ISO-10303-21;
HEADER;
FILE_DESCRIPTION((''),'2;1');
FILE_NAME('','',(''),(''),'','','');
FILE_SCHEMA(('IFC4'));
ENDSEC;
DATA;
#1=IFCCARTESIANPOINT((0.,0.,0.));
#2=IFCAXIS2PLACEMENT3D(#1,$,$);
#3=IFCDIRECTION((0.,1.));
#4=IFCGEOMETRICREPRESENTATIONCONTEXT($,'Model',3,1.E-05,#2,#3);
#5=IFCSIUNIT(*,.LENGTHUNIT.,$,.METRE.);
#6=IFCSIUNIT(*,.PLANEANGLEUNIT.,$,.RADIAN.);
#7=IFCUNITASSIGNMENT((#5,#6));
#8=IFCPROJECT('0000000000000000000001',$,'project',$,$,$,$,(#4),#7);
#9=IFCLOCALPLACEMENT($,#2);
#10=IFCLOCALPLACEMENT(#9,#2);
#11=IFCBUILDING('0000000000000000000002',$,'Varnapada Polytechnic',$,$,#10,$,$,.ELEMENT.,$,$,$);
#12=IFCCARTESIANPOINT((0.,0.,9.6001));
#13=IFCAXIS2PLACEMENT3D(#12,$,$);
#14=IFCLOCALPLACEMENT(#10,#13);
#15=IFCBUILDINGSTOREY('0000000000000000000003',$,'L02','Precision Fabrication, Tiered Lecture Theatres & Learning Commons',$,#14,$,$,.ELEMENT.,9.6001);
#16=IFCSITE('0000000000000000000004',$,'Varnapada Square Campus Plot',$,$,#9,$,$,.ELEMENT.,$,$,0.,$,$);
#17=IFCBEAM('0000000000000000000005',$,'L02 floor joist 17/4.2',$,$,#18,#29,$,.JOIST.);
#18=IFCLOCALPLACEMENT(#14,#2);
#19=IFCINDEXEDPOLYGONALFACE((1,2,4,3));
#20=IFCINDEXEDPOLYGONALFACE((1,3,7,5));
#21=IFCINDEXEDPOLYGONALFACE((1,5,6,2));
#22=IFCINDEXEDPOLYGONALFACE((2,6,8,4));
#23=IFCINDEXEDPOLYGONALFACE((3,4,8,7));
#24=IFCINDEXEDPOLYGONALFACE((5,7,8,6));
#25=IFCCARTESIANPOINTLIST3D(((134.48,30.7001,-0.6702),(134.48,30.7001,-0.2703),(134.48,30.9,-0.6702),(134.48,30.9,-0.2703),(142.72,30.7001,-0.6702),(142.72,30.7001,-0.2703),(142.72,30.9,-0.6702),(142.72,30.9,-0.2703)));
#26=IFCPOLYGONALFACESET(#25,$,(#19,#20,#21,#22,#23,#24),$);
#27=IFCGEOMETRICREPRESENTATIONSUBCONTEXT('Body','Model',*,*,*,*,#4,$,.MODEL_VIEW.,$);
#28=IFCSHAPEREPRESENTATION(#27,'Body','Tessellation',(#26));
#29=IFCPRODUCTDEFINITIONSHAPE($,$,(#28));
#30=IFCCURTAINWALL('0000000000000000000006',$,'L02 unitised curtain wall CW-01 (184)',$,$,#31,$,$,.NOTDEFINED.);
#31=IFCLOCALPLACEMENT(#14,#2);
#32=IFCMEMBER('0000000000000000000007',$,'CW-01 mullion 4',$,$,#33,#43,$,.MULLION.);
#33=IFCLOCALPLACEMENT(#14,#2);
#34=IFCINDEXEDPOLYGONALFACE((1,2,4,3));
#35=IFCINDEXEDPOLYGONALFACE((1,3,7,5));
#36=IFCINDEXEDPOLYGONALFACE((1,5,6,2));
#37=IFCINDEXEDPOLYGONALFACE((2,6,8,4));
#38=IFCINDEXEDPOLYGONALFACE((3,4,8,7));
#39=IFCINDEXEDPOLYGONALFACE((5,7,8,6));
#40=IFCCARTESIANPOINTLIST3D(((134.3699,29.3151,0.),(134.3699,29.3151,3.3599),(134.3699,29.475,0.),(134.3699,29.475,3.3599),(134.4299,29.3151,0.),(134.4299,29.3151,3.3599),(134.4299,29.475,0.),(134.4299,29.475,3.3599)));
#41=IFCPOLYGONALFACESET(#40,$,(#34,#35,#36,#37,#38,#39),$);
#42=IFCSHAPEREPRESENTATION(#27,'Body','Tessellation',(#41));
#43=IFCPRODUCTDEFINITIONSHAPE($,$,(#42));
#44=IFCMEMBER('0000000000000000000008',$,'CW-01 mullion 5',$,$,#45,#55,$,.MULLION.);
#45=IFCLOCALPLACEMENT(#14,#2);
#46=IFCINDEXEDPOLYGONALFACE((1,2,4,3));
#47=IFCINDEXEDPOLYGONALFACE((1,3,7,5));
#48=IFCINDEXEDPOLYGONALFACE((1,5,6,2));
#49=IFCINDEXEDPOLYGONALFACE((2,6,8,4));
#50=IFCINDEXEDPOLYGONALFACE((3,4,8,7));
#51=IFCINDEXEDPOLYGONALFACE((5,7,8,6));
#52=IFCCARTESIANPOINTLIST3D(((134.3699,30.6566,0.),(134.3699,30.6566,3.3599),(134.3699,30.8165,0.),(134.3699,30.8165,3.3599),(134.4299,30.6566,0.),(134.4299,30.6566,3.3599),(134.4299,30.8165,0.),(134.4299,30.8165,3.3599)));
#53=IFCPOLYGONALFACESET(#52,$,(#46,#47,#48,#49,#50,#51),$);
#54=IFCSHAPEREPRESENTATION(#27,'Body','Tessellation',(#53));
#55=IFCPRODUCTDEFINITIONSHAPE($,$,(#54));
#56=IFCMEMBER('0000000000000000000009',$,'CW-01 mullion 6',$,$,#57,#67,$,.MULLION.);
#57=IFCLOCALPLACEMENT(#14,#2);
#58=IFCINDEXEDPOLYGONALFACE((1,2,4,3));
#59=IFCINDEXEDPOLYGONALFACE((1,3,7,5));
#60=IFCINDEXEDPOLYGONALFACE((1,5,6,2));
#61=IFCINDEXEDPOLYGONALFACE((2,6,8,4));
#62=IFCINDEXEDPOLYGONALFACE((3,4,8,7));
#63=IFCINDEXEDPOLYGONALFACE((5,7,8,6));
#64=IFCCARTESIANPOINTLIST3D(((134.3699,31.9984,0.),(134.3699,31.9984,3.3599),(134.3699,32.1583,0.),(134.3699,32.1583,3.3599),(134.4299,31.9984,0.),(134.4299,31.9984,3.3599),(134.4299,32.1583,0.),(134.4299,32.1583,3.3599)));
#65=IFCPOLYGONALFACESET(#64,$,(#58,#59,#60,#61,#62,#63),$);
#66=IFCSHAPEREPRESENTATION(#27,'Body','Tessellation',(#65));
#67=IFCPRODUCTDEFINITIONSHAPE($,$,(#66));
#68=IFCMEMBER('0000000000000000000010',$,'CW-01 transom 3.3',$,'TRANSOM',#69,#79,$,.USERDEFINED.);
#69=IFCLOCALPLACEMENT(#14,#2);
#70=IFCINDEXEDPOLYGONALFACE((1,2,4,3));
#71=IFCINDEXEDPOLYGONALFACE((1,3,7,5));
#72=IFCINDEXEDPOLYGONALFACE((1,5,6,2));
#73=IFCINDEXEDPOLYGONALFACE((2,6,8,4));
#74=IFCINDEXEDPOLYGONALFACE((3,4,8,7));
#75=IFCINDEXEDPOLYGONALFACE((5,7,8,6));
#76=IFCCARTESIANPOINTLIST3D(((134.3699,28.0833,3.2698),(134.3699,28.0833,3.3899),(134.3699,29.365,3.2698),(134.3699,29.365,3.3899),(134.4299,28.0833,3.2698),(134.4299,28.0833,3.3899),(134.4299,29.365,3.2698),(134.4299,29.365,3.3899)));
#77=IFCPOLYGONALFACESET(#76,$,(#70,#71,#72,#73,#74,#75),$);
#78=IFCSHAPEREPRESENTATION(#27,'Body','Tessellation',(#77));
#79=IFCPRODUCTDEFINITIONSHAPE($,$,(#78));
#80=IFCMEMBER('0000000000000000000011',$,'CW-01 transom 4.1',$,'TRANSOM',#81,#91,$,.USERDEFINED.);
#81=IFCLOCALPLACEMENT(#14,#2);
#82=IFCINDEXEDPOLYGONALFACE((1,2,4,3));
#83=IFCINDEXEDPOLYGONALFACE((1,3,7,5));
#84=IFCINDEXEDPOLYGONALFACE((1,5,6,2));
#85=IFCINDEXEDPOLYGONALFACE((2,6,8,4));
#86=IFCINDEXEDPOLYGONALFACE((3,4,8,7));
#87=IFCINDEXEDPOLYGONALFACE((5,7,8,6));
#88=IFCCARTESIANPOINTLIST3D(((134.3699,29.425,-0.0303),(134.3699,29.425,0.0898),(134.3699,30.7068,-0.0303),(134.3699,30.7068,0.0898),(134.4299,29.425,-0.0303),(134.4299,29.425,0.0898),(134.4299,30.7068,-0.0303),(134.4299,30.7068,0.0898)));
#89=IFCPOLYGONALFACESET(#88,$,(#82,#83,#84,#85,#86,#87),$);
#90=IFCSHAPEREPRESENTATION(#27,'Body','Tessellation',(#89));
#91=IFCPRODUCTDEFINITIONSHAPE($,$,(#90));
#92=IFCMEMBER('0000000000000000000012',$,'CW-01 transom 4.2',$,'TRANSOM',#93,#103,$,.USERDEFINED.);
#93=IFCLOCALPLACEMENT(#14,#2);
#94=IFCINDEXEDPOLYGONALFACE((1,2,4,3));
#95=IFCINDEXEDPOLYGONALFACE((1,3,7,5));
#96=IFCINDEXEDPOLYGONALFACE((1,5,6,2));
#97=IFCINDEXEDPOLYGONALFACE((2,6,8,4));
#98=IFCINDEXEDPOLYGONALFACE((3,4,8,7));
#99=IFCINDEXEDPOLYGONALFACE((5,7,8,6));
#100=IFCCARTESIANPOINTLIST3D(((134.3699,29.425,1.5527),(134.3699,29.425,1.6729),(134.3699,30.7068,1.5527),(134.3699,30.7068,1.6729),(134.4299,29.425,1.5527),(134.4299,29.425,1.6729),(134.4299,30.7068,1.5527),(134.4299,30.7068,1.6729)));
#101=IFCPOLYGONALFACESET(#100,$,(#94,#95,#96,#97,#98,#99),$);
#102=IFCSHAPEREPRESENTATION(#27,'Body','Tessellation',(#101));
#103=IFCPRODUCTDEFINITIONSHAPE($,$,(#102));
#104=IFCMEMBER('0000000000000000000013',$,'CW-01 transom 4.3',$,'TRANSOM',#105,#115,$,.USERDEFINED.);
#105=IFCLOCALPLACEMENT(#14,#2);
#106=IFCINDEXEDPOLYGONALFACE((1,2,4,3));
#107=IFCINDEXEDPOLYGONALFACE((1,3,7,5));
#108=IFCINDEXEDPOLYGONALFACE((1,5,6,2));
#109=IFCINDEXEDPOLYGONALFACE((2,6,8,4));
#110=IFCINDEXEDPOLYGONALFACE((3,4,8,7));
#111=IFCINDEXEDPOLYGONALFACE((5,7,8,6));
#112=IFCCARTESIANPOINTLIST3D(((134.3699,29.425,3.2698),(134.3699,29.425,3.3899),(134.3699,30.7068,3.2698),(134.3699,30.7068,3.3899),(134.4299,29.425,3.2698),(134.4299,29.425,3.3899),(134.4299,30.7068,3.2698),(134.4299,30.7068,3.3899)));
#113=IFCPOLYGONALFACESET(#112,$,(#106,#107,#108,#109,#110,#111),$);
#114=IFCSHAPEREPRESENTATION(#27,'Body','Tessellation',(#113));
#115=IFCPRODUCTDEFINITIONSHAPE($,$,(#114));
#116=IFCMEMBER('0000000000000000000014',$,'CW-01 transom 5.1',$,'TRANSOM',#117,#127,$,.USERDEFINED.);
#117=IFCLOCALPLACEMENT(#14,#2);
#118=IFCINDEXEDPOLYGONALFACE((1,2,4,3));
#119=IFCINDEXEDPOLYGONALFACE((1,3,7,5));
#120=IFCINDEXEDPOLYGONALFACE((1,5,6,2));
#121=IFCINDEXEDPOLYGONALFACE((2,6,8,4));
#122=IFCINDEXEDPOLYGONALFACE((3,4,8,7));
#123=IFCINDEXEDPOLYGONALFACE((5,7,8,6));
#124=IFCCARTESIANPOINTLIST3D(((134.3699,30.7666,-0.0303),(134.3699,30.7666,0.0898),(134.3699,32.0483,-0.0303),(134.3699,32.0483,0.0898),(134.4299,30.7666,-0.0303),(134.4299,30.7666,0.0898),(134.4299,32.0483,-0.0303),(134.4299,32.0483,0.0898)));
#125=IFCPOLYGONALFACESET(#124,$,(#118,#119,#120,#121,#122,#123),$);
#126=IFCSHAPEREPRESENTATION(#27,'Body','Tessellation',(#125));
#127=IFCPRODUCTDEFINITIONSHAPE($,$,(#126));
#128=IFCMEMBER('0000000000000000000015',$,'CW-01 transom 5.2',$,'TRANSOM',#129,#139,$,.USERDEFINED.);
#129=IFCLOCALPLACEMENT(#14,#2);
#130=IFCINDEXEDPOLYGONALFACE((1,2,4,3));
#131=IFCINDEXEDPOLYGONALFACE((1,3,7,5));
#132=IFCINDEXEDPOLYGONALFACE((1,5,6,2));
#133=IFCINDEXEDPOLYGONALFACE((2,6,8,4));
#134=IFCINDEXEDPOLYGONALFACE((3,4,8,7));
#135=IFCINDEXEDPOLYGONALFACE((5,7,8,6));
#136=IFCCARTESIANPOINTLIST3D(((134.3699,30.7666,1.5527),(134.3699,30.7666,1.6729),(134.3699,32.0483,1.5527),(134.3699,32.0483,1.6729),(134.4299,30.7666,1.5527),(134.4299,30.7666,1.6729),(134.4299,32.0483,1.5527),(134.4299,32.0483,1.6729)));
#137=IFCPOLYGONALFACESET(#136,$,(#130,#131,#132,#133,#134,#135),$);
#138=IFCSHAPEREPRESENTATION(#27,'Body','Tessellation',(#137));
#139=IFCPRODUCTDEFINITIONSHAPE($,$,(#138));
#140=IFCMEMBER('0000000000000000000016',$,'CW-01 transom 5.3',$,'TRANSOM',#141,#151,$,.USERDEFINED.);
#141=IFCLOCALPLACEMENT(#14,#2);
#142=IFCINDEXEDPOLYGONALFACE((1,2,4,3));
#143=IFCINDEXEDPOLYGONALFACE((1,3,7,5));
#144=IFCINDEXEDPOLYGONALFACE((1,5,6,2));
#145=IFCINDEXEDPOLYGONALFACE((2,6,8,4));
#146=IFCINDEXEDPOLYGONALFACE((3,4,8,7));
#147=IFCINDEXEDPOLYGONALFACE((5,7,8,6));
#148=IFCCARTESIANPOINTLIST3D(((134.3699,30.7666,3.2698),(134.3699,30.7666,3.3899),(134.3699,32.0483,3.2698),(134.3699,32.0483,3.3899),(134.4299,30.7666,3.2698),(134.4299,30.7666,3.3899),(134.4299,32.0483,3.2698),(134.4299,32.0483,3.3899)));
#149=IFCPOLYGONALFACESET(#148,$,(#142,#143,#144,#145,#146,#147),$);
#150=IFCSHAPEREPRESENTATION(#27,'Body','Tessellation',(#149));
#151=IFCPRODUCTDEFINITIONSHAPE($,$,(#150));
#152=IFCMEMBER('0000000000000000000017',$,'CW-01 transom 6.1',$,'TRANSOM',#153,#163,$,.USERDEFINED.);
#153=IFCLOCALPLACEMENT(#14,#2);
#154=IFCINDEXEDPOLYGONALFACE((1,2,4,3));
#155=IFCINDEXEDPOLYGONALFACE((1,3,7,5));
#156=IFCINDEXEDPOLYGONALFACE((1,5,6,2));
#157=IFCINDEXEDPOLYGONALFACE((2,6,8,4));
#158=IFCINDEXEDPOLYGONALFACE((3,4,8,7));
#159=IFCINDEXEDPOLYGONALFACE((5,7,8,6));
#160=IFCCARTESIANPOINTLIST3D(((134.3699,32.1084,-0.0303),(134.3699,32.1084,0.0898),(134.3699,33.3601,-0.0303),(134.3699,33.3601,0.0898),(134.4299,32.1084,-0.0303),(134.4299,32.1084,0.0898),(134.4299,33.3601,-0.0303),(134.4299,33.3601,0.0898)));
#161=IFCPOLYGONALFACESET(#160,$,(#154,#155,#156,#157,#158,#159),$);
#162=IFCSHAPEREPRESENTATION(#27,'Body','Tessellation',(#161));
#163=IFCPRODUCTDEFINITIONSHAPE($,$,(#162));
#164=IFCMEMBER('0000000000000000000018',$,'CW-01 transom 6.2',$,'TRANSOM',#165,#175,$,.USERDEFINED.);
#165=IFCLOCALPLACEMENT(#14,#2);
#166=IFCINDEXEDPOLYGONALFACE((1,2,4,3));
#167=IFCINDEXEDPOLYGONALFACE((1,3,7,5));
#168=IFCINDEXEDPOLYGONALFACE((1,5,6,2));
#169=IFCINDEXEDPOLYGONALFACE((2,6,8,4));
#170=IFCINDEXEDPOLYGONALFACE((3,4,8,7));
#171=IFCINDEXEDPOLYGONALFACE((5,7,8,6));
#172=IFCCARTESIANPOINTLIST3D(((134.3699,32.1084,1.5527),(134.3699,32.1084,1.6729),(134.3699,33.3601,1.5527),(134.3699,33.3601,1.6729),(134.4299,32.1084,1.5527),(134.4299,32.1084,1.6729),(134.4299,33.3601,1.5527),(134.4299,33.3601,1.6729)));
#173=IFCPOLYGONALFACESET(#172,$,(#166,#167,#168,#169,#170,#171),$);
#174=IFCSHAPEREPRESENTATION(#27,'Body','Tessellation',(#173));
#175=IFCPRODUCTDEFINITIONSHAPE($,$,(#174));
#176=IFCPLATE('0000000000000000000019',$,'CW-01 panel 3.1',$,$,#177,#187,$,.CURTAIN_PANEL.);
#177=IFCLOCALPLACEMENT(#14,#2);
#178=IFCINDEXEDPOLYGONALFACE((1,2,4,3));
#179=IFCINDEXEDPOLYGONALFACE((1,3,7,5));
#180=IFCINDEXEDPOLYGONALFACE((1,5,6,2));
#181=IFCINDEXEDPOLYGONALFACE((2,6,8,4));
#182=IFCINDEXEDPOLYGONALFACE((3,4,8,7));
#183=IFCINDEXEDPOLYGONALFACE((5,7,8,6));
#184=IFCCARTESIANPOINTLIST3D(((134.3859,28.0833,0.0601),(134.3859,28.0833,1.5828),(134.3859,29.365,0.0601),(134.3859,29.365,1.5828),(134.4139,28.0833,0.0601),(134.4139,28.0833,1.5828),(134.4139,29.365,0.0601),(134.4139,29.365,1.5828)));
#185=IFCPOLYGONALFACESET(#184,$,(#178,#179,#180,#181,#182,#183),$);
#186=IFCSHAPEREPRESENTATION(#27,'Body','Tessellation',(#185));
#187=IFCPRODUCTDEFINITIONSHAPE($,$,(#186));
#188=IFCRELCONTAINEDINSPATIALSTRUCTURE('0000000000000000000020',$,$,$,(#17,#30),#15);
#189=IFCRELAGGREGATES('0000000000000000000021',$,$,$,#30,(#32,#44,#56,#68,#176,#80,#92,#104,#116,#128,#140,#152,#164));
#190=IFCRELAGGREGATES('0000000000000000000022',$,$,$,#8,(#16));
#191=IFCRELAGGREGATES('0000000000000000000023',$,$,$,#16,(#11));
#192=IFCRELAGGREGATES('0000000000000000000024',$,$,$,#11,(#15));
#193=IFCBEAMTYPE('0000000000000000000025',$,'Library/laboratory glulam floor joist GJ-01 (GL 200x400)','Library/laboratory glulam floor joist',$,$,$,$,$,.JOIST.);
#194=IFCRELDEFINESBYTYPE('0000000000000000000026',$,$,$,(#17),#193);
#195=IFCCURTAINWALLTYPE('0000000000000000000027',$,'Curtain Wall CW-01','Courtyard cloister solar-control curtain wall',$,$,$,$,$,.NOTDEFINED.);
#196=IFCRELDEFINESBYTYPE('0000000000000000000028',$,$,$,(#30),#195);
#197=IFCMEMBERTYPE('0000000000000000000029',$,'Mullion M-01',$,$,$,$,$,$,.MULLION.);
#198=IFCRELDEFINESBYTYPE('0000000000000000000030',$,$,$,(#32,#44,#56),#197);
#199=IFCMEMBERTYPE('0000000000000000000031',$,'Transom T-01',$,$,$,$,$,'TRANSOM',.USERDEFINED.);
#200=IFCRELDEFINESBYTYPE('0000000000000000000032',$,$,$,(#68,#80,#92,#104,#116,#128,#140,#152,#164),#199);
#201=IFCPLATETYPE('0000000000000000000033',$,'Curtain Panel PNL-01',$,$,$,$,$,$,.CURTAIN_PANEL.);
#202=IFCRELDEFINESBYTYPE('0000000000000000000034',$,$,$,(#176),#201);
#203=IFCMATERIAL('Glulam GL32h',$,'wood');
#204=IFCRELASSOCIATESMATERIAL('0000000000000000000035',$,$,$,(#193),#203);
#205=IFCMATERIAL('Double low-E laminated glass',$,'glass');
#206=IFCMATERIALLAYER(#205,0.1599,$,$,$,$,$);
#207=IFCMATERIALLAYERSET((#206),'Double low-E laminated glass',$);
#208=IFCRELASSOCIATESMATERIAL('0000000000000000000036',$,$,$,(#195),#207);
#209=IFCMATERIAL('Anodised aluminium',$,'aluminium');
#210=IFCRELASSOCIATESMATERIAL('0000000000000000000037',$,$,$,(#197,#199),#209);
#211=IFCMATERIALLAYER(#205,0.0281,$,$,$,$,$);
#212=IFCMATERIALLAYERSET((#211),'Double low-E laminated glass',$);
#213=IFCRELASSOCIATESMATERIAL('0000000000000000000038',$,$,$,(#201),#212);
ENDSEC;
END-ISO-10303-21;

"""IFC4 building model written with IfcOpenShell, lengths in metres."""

from ifc_helpers import new_model, si_unit, direction, frame, origin, origin_2d, place, context, subcontext, project, spatial, rectangle, extrude, material, layer, layer_set, material_profile, profile_set, type_object, element, aggregate, save


model = new_model("IFC4")

# Units and contexts
model_context = context("Model", 3, precision=1e-05, world=origin(), true_north=direction((0.0, 1.0)))
body_context = subcontext(model_context, "Body", "Model", "MODEL_VIEW")
ifc_project = project(units=[si_unit("LENGTHUNIT", "METRE"), si_unit("PLANEANGLEUNIT", "RADIAN")], contexts=[model_context])

# Site, building, storey
site_placement = place(None, origin())
site = spatial("IfcSite", under=ifc_project, at=site_placement, Name="Varnapada Square Campus Plot", CompositionType="ELEMENT", RefElevation=0.0)
building_placement = place(site_placement, origin())
building = spatial("IfcBuilding", under=site, at=building_placement, Name="Varnapada Polytechnic", CompositionType="ELEMENT")
storey_placement = place(building_placement, frame((0.0, 0.0, 9.6001)))
storey = spatial("IfcBuildingStorey", under=building, at=storey_placement, Name="L02", Description="Precision Fabrication, Tiered Lecture Theatres & Learning Commons", CompositionType="ELEMENT", Elevation=9.6001)

# Beam
ifc_material_1 = material(Name="Glulam GL32h", Category="wood")
ifc_material_profile_1 = material_profile(ifc_material_1, rectangle(XDim=0.2, YDim=0.3999, at=origin_2d()), Name="GL 200x400")
ifc_profile_set_1 = profile_set([ifc_material_profile_1], Name="Glulam GL32h")
beam_type = type_object("IfcBeamType", Name="Library/laboratory glulam floor joist GJ-01 (GL 200x400)", Description="Library/laboratory glulam floor joist", PredefinedType="JOIST", material=ifc_profile_set_1)
beam_placement = place(storey_placement, frame((134.48, 30.8, -0.4702), z_axis=(1.0, 0.0, 0.0), x_axis=(0.0, 1.0, 0.0)))
element("IfcBeam", 1, at=beam_placement, inside=storey, type_object=beam_type, Name="L02 floor joist 17/4.2", PredefinedType="JOIST", context=body_context, shape_type="SweptSolid", body=[
    extrude(rectangle(XDim=0.2, YDim=0.3999, at=origin_2d()), origin(), (0.0, 0.0, 1.0), 8.24),
])

# Curtain wall, members, plate
ifc_material_2 = material(Name="Double low-E laminated glass", Category="glass")
ifc_layer_1 = layer(ifc_material_2, 0.1599)
ifc_layer_set_1 = layer_set([ifc_layer_1], Name="Double low-E laminated glass")
curtain_wall_type = type_object("IfcCurtainWallType", Name="Curtain Wall CW-01", Description="Courtyard cloister solar-control curtain wall", PredefinedType="NOTDEFINED", material=ifc_layer_set_1)
curtain_wall_placement = place(storey_placement, origin())
curtain_wall = element("IfcCurtainWall", 2, at=curtain_wall_placement, inside=storey, type_object=curtain_wall_type, Name="L02 unitised curtain wall CW-01 (184)", PredefinedType="NOTDEFINED")
ifc_material_3 = material(Name="Anodised aluminium", Category="aluminium")
ifc_material_profile_2 = material_profile(ifc_material_3, rectangle(XDim=0.0601, YDim=0.1599, at=origin_2d()), Name="ALU M60x160")
ifc_profile_set_2 = profile_set([ifc_material_profile_2], Name="Anodised aluminium")
member_type_1 = type_object("IfcMemberType", Name="Mullion M-01", PredefinedType="MULLION", material=ifc_profile_set_2)
member_1_placement = place(storey_placement, frame((134.3999, 29.395, 0.0), z_axis=(0.0, 0.0, 1.0), x_axis=(-1.0, 0.0, 0.0)))
member_1 = element("IfcMember", 3, at=member_1_placement, type_object=member_type_1, Name="CW-01 mullion 4", PredefinedType="MULLION", context=body_context, shape_type="SweptSolid", body=[
    extrude(rectangle(XDim=0.0601, YDim=0.1599, at=origin_2d()), origin(), (0.0, 0.0, 1.0), 3.3599),
])
member_2_placement = place(storey_placement, frame((134.3999, 30.7366, 0.0), z_axis=(0.0, 0.0, 1.0), x_axis=(-1.0, 0.0, 0.0)))
member_2 = element("IfcMember", 4, at=member_2_placement, type_object=member_type_1, Name="CW-01 mullion 5", PredefinedType="MULLION", context=body_context, shape_type="SweptSolid", body=[
    extrude(rectangle(XDim=0.0601, YDim=0.1599, at=origin_2d()), origin(), (0.0, 0.0, 1.0), 3.3599),
])
member_3_placement = place(storey_placement, frame((134.3999, 32.0784, 0.0), z_axis=(0.0, 0.0, 1.0), x_axis=(-1.0, 0.0, 0.0)))
member_3 = element("IfcMember", 5, at=member_3_placement, type_object=member_type_1, Name="CW-01 mullion 6", PredefinedType="MULLION", context=body_context, shape_type="SweptSolid", body=[
    extrude(rectangle(XDim=0.0601, YDim=0.1599, at=origin_2d()), origin(), (0.0, 0.0, 1.0), 3.3599),
])
ifc_material_profile_3 = material_profile(ifc_material_3, rectangle(XDim=0.0601, YDim=0.1201, at=origin_2d()), Name="ALU T60x120")
ifc_profile_set_3 = profile_set([ifc_material_profile_3], Name="Anodised aluminium")
member_type_2 = type_object("IfcMemberType", Name="Transom T-01", ElementType="TRANSOM", PredefinedType="USERDEFINED", material=ifc_profile_set_3)
member_4_placement = place(storey_placement, frame((134.3999, 28.0833, 3.3298), z_axis=(0.0, 1.0, 0.0), x_axis=(-1.0, 0.0, 0.0)))
member_4 = element("IfcMember", 6, at=member_4_placement, type_object=member_type_2, Name="CW-01 transom 3.3", ObjectType="TRANSOM", PredefinedType="USERDEFINED", context=body_context, shape_type="SweptSolid", body=[
    extrude(rectangle(XDim=0.0601, YDim=0.1201, at=origin_2d()), origin(), (0.0, 0.0, 1.0), 1.2817),
])
member_5_placement = place(storey_placement, frame((134.3999, 29.425, 0.0298), z_axis=(0.0, 1.0, 0.0), x_axis=(-1.0, 0.0, 0.0)))
member_5 = element("IfcMember", 7, at=member_5_placement, type_object=member_type_2, Name="CW-01 transom 4.1", ObjectType="TRANSOM", PredefinedType="USERDEFINED", context=body_context, shape_type="SweptSolid", body=[
    extrude(rectangle(XDim=0.0601, YDim=0.1201, at=origin_2d()), origin(), (0.0, 0.0, 1.0), 1.2817),
])
member_6_placement = place(storey_placement, frame((134.3999, 29.425, 1.6128), z_axis=(0.0, 1.0, 0.0), x_axis=(-1.0, 0.0, 0.0)))
member_6 = element("IfcMember", 8, at=member_6_placement, type_object=member_type_2, Name="CW-01 transom 4.2", ObjectType="TRANSOM", PredefinedType="USERDEFINED", context=body_context, shape_type="SweptSolid", body=[
    extrude(rectangle(XDim=0.0601, YDim=0.1201, at=origin_2d()), origin(), (0.0, 0.0, 1.0), 1.2817),
])
member_7_placement = place(storey_placement, frame((134.3999, 29.425, 3.3298), z_axis=(0.0, 1.0, 0.0), x_axis=(-1.0, 0.0, 0.0)))
member_7 = element("IfcMember", 9, at=member_7_placement, type_object=member_type_2, Name="CW-01 transom 4.3", ObjectType="TRANSOM", PredefinedType="USERDEFINED", context=body_context, shape_type="SweptSolid", body=[
    extrude(rectangle(XDim=0.0601, YDim=0.1201, at=origin_2d()), origin(), (0.0, 0.0, 1.0), 1.2817),
])
member_8_placement = place(storey_placement, frame((134.3999, 30.7666, 0.0298), z_axis=(0.0, 1.0, 0.0), x_axis=(-1.0, 0.0, 0.0)))
member_8 = element("IfcMember", 10, at=member_8_placement, type_object=member_type_2, Name="CW-01 transom 5.1", ObjectType="TRANSOM", PredefinedType="USERDEFINED", context=body_context, shape_type="SweptSolid", body=[
    extrude(rectangle(XDim=0.0601, YDim=0.1201, at=origin_2d()), origin(), (0.0, 0.0, 1.0), 1.2817),
])
member_9_placement = place(storey_placement, frame((134.3999, 30.7666, 1.6128), z_axis=(0.0, 1.0, 0.0), x_axis=(-1.0, 0.0, 0.0)))
member_9 = element("IfcMember", 11, at=member_9_placement, type_object=member_type_2, Name="CW-01 transom 5.2", ObjectType="TRANSOM", PredefinedType="USERDEFINED", context=body_context, shape_type="SweptSolid", body=[
    extrude(rectangle(XDim=0.0601, YDim=0.1201, at=origin_2d()), origin(), (0.0, 0.0, 1.0), 1.2817),
])
member_10_placement = place(storey_placement, frame((134.3999, 30.7666, 3.3298), z_axis=(0.0, 1.0, 0.0), x_axis=(-1.0, 0.0, 0.0)))
member_10 = element("IfcMember", 12, at=member_10_placement, type_object=member_type_2, Name="CW-01 transom 5.3", ObjectType="TRANSOM", PredefinedType="USERDEFINED", context=body_context, shape_type="SweptSolid", body=[
    extrude(rectangle(XDim=0.0601, YDim=0.1201, at=origin_2d()), origin(), (0.0, 0.0, 1.0), 1.2817),
])
member_11_placement = place(storey_placement, frame((134.3999, 32.1084, 0.0298), z_axis=(0.0, 1.0, 0.0), x_axis=(-1.0, 0.0, 0.0)))
member_11 = element("IfcMember", 13, at=member_11_placement, type_object=member_type_2, Name="CW-01 transom 6.1", ObjectType="TRANSOM", PredefinedType="USERDEFINED", context=body_context, shape_type="SweptSolid", body=[
    extrude(rectangle(XDim=0.0601, YDim=0.1201, at=origin_2d()), origin(), (0.0, 0.0, 1.0), 1.2517),
])
member_12_placement = place(storey_placement, frame((134.3999, 32.1084, 1.6128), z_axis=(0.0, 1.0, 0.0), x_axis=(-1.0, 0.0, 0.0)))
member_12 = element("IfcMember", 14, at=member_12_placement, type_object=member_type_2, Name="CW-01 transom 6.2", ObjectType="TRANSOM", PredefinedType="USERDEFINED", context=body_context, shape_type="SweptSolid", body=[
    extrude(rectangle(XDim=0.0601, YDim=0.1201, at=origin_2d()), origin(), (0.0, 0.0, 1.0), 1.2517),
])
ifc_layer_2 = layer(ifc_material_2, 0.0281)
ifc_layer_set_2 = layer_set([ifc_layer_2], Name="Double low-E laminated glass")
plate_type = type_object("IfcPlateType", Name="Curtain Panel PNL-01", PredefinedType="CURTAIN_PANEL", material=ifc_layer_set_2)
plate_1_placement = place(storey_placement, frame((134.3999, 28.7241, 0.0601), z_axis=(0.0, 0.0, 1.0), x_axis=(0.0, 1.0, 0.0)))
plate_1 = element("IfcPlate", 15, at=plate_1_placement, type_object=plate_type, Name="CW-01 panel 3.1", PredefinedType="CURTAIN_PANEL", context=body_context, shape_type="SweptSolid", body=[
    extrude(rectangle(XDim=1.2817, YDim=0.0281, at=origin_2d()), origin(), (0.0, 0.0, 1.0), 1.5227),
])
aggregate(curtain_wall, [member_1, member_2, member_3, member_4, plate_1, member_5, member_6, member_7, member_8, member_9, member_10, member_11, member_12])

save(model, "model.ifc")
